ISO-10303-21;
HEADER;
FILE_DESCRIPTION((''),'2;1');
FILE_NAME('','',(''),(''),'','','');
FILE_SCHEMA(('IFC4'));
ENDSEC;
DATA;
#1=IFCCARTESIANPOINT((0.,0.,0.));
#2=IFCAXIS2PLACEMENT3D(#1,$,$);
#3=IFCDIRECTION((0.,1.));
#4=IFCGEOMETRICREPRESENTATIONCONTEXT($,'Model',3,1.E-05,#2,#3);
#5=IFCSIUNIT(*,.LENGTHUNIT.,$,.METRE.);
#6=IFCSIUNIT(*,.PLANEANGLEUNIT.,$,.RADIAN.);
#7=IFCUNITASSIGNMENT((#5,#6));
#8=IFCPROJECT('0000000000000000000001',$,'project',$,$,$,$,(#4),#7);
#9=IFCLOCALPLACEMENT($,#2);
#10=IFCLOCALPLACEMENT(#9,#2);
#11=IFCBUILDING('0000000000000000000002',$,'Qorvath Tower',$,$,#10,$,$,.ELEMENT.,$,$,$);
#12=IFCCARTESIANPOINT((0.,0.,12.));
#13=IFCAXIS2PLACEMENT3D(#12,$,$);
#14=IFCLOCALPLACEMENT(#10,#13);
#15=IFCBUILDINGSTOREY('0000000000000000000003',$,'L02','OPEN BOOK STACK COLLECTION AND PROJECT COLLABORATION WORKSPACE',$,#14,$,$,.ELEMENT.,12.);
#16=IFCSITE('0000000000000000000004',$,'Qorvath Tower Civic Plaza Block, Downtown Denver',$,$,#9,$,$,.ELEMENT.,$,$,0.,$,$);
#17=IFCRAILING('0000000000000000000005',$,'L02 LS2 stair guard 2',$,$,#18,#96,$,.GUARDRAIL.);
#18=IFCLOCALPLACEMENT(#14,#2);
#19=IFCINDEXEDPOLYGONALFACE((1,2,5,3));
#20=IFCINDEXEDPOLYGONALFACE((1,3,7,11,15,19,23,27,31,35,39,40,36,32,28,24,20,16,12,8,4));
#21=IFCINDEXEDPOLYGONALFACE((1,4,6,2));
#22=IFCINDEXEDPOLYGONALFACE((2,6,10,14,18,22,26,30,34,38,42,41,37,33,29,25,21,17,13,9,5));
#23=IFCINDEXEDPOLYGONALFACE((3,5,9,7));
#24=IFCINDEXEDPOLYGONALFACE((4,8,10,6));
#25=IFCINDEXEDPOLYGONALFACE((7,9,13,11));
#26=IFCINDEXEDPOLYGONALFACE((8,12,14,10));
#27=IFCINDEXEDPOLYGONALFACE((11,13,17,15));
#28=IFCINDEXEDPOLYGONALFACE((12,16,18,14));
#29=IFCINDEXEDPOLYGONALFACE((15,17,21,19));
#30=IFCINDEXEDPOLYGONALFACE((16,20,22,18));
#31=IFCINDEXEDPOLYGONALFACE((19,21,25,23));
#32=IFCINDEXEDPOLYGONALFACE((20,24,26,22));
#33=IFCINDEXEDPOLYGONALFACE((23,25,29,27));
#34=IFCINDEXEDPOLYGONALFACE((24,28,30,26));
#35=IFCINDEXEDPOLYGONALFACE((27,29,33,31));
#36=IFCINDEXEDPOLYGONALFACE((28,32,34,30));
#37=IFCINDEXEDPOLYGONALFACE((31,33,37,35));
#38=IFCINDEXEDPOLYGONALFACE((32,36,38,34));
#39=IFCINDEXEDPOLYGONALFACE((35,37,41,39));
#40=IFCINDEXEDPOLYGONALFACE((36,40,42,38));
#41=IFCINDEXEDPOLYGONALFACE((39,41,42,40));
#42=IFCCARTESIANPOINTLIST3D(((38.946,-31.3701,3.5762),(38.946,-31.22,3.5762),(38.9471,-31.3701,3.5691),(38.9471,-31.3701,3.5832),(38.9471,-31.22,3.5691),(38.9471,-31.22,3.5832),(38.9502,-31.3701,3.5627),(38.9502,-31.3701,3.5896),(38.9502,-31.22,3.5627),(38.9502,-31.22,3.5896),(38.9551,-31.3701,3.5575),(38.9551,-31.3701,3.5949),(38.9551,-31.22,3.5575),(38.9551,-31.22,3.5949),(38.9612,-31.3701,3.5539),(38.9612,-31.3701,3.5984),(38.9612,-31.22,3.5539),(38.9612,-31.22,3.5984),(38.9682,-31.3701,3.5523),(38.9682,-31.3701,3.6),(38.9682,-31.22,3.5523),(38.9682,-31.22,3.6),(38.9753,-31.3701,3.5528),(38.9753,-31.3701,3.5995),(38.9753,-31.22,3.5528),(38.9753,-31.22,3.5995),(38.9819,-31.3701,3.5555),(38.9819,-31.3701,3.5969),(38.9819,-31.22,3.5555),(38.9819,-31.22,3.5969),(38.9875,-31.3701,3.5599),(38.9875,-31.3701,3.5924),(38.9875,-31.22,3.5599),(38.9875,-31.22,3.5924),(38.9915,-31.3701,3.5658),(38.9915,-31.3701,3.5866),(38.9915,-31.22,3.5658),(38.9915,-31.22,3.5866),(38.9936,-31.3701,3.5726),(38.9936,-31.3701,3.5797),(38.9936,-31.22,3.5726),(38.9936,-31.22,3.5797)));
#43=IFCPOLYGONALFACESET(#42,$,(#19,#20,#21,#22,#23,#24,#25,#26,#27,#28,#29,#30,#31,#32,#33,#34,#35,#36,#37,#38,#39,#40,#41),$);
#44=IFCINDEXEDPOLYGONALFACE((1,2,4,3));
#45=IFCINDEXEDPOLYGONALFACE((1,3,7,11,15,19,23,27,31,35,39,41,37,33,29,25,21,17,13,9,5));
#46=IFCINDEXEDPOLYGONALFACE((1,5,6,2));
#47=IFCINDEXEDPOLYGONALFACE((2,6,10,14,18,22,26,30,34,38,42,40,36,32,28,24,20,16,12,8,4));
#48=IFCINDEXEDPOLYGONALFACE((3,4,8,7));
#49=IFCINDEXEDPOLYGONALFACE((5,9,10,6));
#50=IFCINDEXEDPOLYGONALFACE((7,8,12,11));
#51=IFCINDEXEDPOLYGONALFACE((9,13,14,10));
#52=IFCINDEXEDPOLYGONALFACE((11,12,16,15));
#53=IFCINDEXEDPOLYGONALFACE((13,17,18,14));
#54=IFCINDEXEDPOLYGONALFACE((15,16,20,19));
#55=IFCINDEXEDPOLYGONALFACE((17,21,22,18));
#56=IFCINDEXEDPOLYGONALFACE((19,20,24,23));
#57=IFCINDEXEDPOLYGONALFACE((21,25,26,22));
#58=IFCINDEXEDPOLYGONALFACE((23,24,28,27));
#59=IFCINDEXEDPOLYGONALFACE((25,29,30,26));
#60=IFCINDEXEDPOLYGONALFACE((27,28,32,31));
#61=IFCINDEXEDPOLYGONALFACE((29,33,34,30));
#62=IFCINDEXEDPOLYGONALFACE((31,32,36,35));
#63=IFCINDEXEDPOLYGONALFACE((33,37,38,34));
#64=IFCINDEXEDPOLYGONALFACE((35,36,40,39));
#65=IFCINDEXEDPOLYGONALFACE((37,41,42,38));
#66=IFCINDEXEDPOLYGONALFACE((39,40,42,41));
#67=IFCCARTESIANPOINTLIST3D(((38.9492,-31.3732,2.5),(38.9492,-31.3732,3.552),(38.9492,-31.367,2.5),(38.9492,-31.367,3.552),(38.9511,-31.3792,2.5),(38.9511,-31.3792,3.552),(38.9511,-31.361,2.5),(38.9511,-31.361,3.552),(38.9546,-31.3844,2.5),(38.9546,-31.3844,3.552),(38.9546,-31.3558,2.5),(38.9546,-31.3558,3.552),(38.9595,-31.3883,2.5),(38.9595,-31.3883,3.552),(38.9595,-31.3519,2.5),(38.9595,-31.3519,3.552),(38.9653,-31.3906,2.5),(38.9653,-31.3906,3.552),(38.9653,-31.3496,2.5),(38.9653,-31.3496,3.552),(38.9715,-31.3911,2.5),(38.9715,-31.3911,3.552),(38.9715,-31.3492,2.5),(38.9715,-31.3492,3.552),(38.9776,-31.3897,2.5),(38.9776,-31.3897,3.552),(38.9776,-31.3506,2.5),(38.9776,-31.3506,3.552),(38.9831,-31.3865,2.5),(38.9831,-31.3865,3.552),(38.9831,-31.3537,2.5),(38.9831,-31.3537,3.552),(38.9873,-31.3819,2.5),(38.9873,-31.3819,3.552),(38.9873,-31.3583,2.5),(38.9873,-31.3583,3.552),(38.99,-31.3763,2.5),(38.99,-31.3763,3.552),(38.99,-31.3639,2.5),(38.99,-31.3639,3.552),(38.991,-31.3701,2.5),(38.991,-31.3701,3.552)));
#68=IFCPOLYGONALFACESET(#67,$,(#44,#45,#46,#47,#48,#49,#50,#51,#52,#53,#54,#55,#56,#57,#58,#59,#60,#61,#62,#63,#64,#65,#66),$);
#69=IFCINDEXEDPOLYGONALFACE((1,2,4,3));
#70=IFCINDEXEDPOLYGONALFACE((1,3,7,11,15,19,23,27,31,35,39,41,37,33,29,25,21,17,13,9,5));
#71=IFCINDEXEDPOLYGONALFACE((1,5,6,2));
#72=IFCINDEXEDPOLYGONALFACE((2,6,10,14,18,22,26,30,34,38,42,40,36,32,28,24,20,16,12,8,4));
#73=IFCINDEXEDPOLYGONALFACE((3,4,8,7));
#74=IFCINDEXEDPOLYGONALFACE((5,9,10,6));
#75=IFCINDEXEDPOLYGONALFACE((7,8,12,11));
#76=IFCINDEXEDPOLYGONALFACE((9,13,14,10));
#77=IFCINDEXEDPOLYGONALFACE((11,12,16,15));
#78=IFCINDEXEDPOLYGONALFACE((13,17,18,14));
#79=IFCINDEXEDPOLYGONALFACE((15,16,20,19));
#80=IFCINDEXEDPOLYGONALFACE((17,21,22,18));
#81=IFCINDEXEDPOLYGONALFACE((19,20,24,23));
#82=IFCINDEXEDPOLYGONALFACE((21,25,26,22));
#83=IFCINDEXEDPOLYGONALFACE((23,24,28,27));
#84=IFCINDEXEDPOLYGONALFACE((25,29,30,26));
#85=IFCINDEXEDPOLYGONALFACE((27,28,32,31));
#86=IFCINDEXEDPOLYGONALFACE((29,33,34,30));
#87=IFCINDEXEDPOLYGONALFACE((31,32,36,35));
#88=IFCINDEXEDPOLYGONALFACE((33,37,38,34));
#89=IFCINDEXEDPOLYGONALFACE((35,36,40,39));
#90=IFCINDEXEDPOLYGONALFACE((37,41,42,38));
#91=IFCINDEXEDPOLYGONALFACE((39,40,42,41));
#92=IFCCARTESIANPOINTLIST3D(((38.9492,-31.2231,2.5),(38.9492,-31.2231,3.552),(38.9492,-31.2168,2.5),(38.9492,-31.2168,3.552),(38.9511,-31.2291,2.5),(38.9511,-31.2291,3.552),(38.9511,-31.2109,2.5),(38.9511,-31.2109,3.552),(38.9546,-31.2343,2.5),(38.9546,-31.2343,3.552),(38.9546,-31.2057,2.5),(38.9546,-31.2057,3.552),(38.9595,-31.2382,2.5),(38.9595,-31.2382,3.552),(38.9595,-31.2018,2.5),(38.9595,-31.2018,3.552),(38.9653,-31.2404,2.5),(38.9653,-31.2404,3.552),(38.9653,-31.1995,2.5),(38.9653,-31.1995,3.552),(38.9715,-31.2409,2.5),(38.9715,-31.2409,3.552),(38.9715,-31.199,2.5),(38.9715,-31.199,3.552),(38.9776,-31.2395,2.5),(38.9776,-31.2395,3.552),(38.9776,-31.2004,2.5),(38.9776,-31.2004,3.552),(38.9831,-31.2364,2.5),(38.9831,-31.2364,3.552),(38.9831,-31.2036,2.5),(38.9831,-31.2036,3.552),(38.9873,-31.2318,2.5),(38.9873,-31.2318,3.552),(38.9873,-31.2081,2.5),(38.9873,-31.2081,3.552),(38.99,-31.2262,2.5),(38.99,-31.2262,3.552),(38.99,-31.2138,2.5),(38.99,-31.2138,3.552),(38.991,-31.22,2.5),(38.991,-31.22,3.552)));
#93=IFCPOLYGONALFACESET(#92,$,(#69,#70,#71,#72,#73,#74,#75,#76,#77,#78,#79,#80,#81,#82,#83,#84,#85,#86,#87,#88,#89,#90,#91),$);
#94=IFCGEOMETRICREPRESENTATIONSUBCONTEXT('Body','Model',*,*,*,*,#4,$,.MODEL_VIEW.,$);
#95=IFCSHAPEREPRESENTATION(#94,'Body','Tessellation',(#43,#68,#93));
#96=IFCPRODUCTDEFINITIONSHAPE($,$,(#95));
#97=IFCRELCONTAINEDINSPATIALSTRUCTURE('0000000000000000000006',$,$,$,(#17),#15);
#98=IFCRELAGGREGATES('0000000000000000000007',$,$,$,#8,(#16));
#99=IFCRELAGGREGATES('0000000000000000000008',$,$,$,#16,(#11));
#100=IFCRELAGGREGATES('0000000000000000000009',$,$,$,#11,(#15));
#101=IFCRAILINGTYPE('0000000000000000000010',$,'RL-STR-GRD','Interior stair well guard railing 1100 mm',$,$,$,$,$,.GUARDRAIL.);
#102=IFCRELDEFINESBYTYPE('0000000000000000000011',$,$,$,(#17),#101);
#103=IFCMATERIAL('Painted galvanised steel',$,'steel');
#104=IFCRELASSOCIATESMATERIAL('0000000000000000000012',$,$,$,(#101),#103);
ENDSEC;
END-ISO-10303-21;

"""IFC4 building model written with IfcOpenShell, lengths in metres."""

from ifc_helpers import new_model, si_unit, direction, frame, origin, origin_2d, place, context, subcontext, project, spatial, circle, extrude, material, type_object, element, save


model = new_model("IFC4")

# Units and contexts
model_context = context("Model", 3, precision=1e-05, world=origin(), true_north=direction((0.0, 1.0)))
body_context = subcontext(model_context, "Body", "Model", "MODEL_VIEW")
ifc_project = project(units=[si_unit("LENGTHUNIT", "METRE"), si_unit("PLANEANGLEUNIT", "RADIAN")], contexts=[model_context])

# Site, building, storey
site_placement = place(None, origin())
site = spatial("IfcSite", under=ifc_project, at=site_placement, Name="Qorvath Tower Civic Plaza Block, Downtown Denver", CompositionType="ELEMENT", RefElevation=0.0)
building_placement = place(site_placement, origin())
building = spatial("IfcBuilding", under=site, at=building_placement, Name="Qorvath Tower", CompositionType="ELEMENT")
storey_placement = place(building_placement, frame((0.0, 0.0, 12.0)))
storey = spatial("IfcBuildingStorey", under=building, at=storey_placement, Name="L02", Description="OPEN BOOK STACK COLLECTION AND PROJECT COLLABORATION WORKSPACE", CompositionType="ELEMENT", Elevation=12.0)

# Railing
ifc_material_1 = material(Name="Painted galvanised steel", Category="steel")
railing_type_1 = type_object("IfcRailingType", Name="RL-STR-GRD", Description="Interior stair well guard railing 1100 mm", PredefinedType="GUARDRAIL", material=ifc_material_1)
railing_1_placement = place(storey_placement, frame((38.97, -31.3701, 2.5)))
element("IfcRailing", 1, at=railing_1_placement, inside=storey, type_object=railing_type_1, Name="L02 LS2 stair guard 2", PredefinedType="GUARDRAIL", context=body_context, shape_type="SweptSolid", body=[
    extrude(circle(Radius=0.0239, at=origin_2d()), frame((0.0, 0.0, 1.0762), z_axis=(0.0, 1.0, 0.0), x_axis=(-1.0, 0.0, 0.0)), (0.0, 0.0, 1.0), 0.1501),
    extrude(circle(Radius=0.021, at=origin_2d()), origin(), (0.0, 0.0, 1.0), 1.052),
    extrude(circle(Radius=0.021, at=origin_2d()), frame((0.0, 0.1501, 0.0)), (0.0, 0.0, 1.0), 1.052),
])

save(model, "model.ifc")
